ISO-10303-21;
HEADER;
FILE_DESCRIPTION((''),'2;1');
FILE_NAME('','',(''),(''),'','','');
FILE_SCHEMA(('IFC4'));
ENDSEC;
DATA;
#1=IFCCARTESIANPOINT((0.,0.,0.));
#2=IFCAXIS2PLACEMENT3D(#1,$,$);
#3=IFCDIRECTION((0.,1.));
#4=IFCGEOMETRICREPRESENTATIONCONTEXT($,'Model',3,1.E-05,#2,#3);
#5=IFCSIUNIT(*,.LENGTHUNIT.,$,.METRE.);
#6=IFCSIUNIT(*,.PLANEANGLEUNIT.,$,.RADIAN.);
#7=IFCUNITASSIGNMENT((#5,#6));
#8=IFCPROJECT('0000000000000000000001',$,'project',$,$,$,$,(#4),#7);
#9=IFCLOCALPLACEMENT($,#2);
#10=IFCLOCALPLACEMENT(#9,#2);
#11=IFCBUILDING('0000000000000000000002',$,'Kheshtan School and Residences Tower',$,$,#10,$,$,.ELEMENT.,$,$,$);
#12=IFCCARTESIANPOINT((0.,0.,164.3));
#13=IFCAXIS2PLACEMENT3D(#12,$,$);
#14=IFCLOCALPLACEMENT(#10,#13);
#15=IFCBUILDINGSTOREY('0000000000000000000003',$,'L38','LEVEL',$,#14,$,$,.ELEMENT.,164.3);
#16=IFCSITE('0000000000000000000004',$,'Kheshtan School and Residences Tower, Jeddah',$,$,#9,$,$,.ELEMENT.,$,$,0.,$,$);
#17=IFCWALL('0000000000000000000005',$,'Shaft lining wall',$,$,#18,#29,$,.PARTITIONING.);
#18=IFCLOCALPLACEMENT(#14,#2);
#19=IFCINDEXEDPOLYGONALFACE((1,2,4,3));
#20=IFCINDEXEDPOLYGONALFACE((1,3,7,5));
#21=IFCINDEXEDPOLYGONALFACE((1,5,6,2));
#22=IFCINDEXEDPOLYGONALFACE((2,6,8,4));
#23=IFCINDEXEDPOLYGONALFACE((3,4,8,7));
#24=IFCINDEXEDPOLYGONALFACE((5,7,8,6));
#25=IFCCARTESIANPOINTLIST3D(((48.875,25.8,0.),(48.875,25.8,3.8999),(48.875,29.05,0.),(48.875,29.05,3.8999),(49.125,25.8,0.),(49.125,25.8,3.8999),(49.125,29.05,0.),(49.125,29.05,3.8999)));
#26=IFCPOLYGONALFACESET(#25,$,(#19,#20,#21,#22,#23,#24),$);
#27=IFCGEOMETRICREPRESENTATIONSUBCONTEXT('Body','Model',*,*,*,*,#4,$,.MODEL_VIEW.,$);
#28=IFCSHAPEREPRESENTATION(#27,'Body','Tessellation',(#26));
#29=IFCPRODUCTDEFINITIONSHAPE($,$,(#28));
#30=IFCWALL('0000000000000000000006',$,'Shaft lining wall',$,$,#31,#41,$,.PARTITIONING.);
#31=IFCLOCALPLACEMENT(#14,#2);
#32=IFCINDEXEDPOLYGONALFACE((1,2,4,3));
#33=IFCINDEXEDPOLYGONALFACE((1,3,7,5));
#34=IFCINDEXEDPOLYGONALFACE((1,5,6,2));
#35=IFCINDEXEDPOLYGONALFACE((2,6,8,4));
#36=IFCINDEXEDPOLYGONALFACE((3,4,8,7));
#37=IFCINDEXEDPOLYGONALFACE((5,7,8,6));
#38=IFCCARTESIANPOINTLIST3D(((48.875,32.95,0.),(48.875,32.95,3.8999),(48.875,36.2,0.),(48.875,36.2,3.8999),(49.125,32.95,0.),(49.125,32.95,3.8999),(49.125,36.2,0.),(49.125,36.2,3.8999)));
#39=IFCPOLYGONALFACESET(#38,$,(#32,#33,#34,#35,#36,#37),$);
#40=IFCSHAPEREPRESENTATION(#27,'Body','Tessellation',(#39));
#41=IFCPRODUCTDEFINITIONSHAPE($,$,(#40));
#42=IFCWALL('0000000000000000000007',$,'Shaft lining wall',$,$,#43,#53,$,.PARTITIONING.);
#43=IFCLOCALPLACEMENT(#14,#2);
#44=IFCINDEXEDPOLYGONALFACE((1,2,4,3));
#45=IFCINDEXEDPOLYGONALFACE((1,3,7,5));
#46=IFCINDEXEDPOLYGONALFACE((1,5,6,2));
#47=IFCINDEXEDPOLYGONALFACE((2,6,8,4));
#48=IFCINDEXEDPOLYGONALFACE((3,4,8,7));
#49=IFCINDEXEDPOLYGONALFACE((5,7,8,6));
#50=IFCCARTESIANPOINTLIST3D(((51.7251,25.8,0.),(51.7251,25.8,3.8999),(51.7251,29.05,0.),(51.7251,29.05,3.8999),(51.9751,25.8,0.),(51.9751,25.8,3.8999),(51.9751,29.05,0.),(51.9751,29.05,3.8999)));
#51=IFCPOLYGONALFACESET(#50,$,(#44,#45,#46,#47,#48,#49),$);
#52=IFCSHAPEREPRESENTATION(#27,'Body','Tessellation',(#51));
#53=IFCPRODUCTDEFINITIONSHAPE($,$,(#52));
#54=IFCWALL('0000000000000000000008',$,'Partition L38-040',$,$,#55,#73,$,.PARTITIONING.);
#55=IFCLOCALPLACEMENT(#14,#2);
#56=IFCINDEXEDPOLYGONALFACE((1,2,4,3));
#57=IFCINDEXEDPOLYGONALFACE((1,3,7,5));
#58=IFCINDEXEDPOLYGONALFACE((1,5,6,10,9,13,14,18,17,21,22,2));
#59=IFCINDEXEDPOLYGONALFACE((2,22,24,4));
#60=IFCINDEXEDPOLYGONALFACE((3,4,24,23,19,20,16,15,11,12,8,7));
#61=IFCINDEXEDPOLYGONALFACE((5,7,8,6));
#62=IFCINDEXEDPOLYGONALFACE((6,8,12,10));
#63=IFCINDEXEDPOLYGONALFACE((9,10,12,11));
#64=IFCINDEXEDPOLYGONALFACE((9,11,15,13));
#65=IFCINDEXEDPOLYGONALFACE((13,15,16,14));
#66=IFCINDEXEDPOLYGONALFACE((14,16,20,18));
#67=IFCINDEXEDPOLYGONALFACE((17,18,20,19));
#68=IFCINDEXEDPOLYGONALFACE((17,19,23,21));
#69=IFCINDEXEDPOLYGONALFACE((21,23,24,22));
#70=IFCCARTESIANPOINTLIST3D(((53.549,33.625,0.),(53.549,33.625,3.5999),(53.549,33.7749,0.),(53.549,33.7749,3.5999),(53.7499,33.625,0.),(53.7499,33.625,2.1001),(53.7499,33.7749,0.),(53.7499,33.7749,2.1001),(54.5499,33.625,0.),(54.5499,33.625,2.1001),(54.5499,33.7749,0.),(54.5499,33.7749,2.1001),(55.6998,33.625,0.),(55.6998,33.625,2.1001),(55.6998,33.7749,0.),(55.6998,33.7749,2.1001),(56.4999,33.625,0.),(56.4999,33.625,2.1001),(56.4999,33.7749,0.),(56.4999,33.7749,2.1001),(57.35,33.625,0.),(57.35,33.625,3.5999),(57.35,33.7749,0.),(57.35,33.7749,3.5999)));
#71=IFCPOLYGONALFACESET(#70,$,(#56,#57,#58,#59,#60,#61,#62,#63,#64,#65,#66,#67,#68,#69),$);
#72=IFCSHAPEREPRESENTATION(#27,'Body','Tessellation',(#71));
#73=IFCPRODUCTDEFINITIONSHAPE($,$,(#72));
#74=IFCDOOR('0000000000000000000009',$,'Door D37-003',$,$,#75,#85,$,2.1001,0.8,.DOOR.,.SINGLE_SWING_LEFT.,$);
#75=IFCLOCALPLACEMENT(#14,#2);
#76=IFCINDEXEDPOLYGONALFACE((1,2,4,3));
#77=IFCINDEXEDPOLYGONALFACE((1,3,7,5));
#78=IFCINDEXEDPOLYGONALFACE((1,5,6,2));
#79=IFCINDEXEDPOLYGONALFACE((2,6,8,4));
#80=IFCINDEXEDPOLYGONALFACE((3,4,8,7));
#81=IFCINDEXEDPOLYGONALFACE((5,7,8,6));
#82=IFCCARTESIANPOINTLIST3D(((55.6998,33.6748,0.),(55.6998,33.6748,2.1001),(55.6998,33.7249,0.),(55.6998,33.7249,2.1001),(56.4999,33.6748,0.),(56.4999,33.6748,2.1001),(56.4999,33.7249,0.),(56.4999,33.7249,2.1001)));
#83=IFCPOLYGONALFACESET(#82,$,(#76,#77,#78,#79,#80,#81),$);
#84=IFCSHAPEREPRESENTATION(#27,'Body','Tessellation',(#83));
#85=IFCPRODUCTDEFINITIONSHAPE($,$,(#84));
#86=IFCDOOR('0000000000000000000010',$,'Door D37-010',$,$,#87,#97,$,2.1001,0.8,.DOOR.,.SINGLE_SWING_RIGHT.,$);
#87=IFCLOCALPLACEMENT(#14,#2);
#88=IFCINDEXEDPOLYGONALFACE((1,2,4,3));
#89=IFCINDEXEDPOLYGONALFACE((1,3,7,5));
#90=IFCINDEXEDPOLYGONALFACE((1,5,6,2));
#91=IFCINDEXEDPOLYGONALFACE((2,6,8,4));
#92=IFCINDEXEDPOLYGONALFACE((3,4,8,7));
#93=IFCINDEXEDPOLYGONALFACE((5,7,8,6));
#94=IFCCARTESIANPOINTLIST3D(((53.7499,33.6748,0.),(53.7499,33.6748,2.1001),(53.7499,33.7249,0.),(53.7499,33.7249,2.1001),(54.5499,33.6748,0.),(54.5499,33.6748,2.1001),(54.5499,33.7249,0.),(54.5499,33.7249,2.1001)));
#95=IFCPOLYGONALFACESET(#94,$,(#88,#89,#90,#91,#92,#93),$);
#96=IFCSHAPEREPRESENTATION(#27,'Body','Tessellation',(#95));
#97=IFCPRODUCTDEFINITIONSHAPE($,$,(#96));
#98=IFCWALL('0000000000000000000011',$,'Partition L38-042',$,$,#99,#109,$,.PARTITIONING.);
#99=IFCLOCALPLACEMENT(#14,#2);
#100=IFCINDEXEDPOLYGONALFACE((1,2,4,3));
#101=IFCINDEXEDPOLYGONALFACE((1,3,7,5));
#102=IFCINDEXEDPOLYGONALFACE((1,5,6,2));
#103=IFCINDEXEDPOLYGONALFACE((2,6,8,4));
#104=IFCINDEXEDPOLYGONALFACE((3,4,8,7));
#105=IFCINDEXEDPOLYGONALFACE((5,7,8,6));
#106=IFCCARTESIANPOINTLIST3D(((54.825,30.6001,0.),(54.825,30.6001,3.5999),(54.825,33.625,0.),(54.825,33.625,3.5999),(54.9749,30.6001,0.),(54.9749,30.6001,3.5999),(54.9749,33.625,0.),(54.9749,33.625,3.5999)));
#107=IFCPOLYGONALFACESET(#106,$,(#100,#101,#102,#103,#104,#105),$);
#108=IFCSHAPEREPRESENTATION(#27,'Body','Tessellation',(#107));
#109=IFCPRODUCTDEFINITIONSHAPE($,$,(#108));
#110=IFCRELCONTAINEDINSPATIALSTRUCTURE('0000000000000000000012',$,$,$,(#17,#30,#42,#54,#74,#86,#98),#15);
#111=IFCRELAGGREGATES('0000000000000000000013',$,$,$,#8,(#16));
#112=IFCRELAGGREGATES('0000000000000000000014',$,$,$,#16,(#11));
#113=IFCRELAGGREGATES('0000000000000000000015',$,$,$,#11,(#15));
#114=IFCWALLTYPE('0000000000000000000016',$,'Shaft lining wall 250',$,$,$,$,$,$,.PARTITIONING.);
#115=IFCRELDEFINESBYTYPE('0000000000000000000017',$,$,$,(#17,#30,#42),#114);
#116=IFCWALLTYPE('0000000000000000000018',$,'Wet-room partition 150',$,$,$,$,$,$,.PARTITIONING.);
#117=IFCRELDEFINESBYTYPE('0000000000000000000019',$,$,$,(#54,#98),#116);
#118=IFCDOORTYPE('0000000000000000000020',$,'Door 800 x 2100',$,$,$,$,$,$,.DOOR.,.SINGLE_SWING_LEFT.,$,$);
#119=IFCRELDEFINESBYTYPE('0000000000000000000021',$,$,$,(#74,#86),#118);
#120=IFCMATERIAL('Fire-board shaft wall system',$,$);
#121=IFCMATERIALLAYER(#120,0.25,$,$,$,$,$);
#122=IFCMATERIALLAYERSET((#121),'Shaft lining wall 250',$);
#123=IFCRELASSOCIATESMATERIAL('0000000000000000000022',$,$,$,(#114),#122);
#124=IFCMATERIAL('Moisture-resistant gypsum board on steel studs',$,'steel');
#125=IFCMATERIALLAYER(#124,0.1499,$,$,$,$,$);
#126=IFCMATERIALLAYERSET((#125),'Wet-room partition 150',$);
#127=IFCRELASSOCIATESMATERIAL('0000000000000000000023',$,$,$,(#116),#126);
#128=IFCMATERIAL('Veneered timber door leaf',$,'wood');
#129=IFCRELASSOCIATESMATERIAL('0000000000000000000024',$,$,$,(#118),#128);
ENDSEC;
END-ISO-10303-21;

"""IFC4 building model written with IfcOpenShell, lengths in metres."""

from ifc_helpers import new_model, si_unit, direction, frame, frame_2d, origin, place, context, subcontext, project, spatial, rectangle, extrude, source, transform, mapped, material, layer, layer_set, type_object, element, fill, save


model = new_model("IFC4")

# Units and contexts
model_context = context("Model", 3, precision=1e-05, world=origin(), true_north=direction((0.0, 1.0)))
body_context = subcontext(model_context, "Body", "Model", "MODEL_VIEW")
ifc_project = project(units=[si_unit("LENGTHUNIT", "METRE"), si_unit("PLANEANGLEUNIT", "RADIAN")], contexts=[model_context])

# Site, building, storey
site_placement = place(None, origin())
site = spatial("IfcSite", under=ifc_project, at=site_placement, Name="Kheshtan School and Residences Tower, Jeddah", CompositionType="ELEMENT", RefElevation=0.0)
building_placement = place(site_placement, origin())
building = spatial("IfcBuilding", under=site, at=building_placement, Name="Kheshtan School and Residences Tower", CompositionType="ELEMENT")
storey_placement = place(building_placement, frame((0.0, 0.0, 164.3)))
storey = spatial("IfcBuildingStorey", under=building, at=storey_placement, Name="L38", Description="LEVEL", CompositionType="ELEMENT", Elevation=164.3)

# Walls
ifc_material_1 = material(Name="Fire-board shaft wall system")
ifc_layer_1 = layer(ifc_material_1, 0.25)
ifc_layer_set_1 = layer_set([ifc_layer_1], Name="Shaft lining wall 250")
wall_type_1 = type_object("IfcWallType", Name="Shaft lining wall 250", PredefinedType="PARTITIONING", material=ifc_layer_set_1)
for number, where, z_axis, x_axis, name in (
    (1, (49.0, 25.8, 0.0), (0.0, 0.0, 1.0), (0.0, 1.0, 0.0), "Shaft lining wall"),
    (2, (49.0, 32.95, 0.0), (0.0, 0.0, 1.0), (0.0, 1.0, 0.0), "Shaft lining wall"),
    (3, (51.8501, 25.8, 0.0), (0.0, 0.0, 1.0), (0.0, 1.0, 0.0), "Shaft lining wall"),
):
    element("IfcWall", number, at=place(storey_placement, frame(where, z_axis=z_axis, x_axis=x_axis)), inside=storey, type_object=wall_type_1, Name=name, PredefinedType="PARTITIONING", context=body_context, shape_type="SweptSolid", body=[
        extrude(rectangle(XDim=3.25, YDim=0.25, at=frame_2d((1.625, 0.0))), origin(), (0.0, 0.0, 1.0), 3.8999),
    ])

# Wall, openings, doors
ifc_material_2 = material(Name="Moisture-resistant gypsum board on steel studs", Category="steel")
ifc_layer_2 = layer(ifc_material_2, 0.1499)
ifc_layer_set_2 = layer_set([ifc_layer_2], Name="Wet-room partition 150")
wall_type_2 = type_object("IfcWallType", Name="Wet-room partition 150", PredefinedType="PARTITIONING", material=ifc_layer_set_2)
wall_1_placement = place(storey_placement, frame((53.5491, 33.7, 0.0), z_axis=(0.0, 0.0, 1.0), x_axis=(1.0, 0.0, 0.0)))
wall_1 = element("IfcWall", 4, at=wall_1_placement, inside=storey, type_object=wall_type_2, Name="Partition L38-040", PredefinedType="PARTITIONING", context=body_context, shape_type="SweptSolid", body=[
    extrude(rectangle(XDim=3.801, YDim=0.1499, at=frame_2d((1.9004, 0.0))), origin(), (0.0, 0.0, 1.0), 3.5999),
])
opening_1_placement = place(wall_1_placement, frame((2.1509, 0.0, 0.0)))
opening_1 = element("IfcOpeningElement", 5, at=opening_1_placement, cuts=wall_1, PredefinedType="OPENING", context=body_context, shape_type="SweptSolid", body=[
    extrude(rectangle(XDim=0.8, YDim=2.1001, at=frame_2d((0.3999, 1.05))), frame((0.0, 0.085, 0.0), z_axis=(0.0, -1.0, 0.0), x_axis=(1.0, 0.0, 0.0)), (0.0, 0.0, 1.0), 0.1699),
])
opening_2_placement = place(wall_1_placement, frame((0.2009, 0.0, 0.0)))
opening_2 = element("IfcOpeningElement", 6, at=opening_2_placement, cuts=wall_1, PredefinedType="OPENING", context=body_context, shape_type="SweptSolid", body=[
    extrude(rectangle(XDim=0.8, YDim=2.1001, at=frame_2d((0.3999, 1.05))), frame((0.0, 0.085, 0.0), z_axis=(0.0, -1.0, 0.0), x_axis=(1.0, 0.0, 0.0)), (0.0, 0.0, 1.0), 0.1699),
])
ifc_material_3 = material(Name="Veneered timber door leaf", Category="wood")
door_type_1 = type_object("IfcDoorType", Name="Door 800 x 2100", OperationType="SINGLE_SWING_LEFT", PredefinedType="DOOR", material=ifc_material_3)
shared_shape_1 = source(origin(), body_context, "Body", "SweptSolid", [
    extrude(rectangle(XDim=0.8, YDim=2.1001, at=frame_2d((0.3999, 1.05))), frame((0.0, 0.0249, 0.0), z_axis=(0.0, -1.0, 0.0), x_axis=(1.0, 0.0, 0.0)), (0.0, 0.0, 1.0), 0.05),
])
door_1_placement = place(opening_1_placement, origin())
door_1 = element("IfcDoor", 7, at=door_1_placement, inside=storey, type_object=door_type_1, Name="Door D37-003", OperationType="SINGLE_SWING_LEFT", OverallHeight=2.1001, OverallWidth=0.8, PredefinedType="DOOR", context=body_context, shape_type="MappedRepresentation", body=[
    mapped(shared_shape_1, transform((0.0, 0.0, 0.0), x_axis=(1.0, 0.0, 0.0), y_axis=(0.0, 1.0, 0.0), z_axis=(0.0, 0.0, 1.0), scale=1.0)),
])
fill(opening_1, door_1)
door_2_placement = place(opening_2_placement, origin())
door_2 = element("IfcDoor", 8, at=door_2_placement, inside=storey, type_object=door_type_1, Name="Door D37-010", OperationType="SINGLE_SWING_RIGHT", OverallHeight=2.1001, OverallWidth=0.8, PredefinedType="DOOR", context=body_context, shape_type="MappedRepresentation", body=[
    mapped(shared_shape_1, transform((0.0, 0.0, 0.0), x_axis=(1.0, 0.0, 0.0), y_axis=(0.0, 1.0, 0.0), z_axis=(0.0, 0.0, 1.0), scale=1.0)),
])
fill(opening_2, door_2)

# Wall
wall_2_placement = place(storey_placement, frame((54.8999, 30.6001, 0.0), z_axis=(0.0, 0.0, 1.0), x_axis=(0.0, 1.0, 0.0)))
element("IfcWall", 9, at=wall_2_placement, inside=storey, type_object=wall_type_2, Name="Partition L38-042", PredefinedType="PARTITIONING", context=body_context, shape_type="SweptSolid", body=[
    extrude(rectangle(XDim=3.0249, YDim=0.1499, at=frame_2d((1.5125, 0.0))), origin(), (0.0, 0.0, 1.0), 3.5999),
])

save(model, "model.ifc")
